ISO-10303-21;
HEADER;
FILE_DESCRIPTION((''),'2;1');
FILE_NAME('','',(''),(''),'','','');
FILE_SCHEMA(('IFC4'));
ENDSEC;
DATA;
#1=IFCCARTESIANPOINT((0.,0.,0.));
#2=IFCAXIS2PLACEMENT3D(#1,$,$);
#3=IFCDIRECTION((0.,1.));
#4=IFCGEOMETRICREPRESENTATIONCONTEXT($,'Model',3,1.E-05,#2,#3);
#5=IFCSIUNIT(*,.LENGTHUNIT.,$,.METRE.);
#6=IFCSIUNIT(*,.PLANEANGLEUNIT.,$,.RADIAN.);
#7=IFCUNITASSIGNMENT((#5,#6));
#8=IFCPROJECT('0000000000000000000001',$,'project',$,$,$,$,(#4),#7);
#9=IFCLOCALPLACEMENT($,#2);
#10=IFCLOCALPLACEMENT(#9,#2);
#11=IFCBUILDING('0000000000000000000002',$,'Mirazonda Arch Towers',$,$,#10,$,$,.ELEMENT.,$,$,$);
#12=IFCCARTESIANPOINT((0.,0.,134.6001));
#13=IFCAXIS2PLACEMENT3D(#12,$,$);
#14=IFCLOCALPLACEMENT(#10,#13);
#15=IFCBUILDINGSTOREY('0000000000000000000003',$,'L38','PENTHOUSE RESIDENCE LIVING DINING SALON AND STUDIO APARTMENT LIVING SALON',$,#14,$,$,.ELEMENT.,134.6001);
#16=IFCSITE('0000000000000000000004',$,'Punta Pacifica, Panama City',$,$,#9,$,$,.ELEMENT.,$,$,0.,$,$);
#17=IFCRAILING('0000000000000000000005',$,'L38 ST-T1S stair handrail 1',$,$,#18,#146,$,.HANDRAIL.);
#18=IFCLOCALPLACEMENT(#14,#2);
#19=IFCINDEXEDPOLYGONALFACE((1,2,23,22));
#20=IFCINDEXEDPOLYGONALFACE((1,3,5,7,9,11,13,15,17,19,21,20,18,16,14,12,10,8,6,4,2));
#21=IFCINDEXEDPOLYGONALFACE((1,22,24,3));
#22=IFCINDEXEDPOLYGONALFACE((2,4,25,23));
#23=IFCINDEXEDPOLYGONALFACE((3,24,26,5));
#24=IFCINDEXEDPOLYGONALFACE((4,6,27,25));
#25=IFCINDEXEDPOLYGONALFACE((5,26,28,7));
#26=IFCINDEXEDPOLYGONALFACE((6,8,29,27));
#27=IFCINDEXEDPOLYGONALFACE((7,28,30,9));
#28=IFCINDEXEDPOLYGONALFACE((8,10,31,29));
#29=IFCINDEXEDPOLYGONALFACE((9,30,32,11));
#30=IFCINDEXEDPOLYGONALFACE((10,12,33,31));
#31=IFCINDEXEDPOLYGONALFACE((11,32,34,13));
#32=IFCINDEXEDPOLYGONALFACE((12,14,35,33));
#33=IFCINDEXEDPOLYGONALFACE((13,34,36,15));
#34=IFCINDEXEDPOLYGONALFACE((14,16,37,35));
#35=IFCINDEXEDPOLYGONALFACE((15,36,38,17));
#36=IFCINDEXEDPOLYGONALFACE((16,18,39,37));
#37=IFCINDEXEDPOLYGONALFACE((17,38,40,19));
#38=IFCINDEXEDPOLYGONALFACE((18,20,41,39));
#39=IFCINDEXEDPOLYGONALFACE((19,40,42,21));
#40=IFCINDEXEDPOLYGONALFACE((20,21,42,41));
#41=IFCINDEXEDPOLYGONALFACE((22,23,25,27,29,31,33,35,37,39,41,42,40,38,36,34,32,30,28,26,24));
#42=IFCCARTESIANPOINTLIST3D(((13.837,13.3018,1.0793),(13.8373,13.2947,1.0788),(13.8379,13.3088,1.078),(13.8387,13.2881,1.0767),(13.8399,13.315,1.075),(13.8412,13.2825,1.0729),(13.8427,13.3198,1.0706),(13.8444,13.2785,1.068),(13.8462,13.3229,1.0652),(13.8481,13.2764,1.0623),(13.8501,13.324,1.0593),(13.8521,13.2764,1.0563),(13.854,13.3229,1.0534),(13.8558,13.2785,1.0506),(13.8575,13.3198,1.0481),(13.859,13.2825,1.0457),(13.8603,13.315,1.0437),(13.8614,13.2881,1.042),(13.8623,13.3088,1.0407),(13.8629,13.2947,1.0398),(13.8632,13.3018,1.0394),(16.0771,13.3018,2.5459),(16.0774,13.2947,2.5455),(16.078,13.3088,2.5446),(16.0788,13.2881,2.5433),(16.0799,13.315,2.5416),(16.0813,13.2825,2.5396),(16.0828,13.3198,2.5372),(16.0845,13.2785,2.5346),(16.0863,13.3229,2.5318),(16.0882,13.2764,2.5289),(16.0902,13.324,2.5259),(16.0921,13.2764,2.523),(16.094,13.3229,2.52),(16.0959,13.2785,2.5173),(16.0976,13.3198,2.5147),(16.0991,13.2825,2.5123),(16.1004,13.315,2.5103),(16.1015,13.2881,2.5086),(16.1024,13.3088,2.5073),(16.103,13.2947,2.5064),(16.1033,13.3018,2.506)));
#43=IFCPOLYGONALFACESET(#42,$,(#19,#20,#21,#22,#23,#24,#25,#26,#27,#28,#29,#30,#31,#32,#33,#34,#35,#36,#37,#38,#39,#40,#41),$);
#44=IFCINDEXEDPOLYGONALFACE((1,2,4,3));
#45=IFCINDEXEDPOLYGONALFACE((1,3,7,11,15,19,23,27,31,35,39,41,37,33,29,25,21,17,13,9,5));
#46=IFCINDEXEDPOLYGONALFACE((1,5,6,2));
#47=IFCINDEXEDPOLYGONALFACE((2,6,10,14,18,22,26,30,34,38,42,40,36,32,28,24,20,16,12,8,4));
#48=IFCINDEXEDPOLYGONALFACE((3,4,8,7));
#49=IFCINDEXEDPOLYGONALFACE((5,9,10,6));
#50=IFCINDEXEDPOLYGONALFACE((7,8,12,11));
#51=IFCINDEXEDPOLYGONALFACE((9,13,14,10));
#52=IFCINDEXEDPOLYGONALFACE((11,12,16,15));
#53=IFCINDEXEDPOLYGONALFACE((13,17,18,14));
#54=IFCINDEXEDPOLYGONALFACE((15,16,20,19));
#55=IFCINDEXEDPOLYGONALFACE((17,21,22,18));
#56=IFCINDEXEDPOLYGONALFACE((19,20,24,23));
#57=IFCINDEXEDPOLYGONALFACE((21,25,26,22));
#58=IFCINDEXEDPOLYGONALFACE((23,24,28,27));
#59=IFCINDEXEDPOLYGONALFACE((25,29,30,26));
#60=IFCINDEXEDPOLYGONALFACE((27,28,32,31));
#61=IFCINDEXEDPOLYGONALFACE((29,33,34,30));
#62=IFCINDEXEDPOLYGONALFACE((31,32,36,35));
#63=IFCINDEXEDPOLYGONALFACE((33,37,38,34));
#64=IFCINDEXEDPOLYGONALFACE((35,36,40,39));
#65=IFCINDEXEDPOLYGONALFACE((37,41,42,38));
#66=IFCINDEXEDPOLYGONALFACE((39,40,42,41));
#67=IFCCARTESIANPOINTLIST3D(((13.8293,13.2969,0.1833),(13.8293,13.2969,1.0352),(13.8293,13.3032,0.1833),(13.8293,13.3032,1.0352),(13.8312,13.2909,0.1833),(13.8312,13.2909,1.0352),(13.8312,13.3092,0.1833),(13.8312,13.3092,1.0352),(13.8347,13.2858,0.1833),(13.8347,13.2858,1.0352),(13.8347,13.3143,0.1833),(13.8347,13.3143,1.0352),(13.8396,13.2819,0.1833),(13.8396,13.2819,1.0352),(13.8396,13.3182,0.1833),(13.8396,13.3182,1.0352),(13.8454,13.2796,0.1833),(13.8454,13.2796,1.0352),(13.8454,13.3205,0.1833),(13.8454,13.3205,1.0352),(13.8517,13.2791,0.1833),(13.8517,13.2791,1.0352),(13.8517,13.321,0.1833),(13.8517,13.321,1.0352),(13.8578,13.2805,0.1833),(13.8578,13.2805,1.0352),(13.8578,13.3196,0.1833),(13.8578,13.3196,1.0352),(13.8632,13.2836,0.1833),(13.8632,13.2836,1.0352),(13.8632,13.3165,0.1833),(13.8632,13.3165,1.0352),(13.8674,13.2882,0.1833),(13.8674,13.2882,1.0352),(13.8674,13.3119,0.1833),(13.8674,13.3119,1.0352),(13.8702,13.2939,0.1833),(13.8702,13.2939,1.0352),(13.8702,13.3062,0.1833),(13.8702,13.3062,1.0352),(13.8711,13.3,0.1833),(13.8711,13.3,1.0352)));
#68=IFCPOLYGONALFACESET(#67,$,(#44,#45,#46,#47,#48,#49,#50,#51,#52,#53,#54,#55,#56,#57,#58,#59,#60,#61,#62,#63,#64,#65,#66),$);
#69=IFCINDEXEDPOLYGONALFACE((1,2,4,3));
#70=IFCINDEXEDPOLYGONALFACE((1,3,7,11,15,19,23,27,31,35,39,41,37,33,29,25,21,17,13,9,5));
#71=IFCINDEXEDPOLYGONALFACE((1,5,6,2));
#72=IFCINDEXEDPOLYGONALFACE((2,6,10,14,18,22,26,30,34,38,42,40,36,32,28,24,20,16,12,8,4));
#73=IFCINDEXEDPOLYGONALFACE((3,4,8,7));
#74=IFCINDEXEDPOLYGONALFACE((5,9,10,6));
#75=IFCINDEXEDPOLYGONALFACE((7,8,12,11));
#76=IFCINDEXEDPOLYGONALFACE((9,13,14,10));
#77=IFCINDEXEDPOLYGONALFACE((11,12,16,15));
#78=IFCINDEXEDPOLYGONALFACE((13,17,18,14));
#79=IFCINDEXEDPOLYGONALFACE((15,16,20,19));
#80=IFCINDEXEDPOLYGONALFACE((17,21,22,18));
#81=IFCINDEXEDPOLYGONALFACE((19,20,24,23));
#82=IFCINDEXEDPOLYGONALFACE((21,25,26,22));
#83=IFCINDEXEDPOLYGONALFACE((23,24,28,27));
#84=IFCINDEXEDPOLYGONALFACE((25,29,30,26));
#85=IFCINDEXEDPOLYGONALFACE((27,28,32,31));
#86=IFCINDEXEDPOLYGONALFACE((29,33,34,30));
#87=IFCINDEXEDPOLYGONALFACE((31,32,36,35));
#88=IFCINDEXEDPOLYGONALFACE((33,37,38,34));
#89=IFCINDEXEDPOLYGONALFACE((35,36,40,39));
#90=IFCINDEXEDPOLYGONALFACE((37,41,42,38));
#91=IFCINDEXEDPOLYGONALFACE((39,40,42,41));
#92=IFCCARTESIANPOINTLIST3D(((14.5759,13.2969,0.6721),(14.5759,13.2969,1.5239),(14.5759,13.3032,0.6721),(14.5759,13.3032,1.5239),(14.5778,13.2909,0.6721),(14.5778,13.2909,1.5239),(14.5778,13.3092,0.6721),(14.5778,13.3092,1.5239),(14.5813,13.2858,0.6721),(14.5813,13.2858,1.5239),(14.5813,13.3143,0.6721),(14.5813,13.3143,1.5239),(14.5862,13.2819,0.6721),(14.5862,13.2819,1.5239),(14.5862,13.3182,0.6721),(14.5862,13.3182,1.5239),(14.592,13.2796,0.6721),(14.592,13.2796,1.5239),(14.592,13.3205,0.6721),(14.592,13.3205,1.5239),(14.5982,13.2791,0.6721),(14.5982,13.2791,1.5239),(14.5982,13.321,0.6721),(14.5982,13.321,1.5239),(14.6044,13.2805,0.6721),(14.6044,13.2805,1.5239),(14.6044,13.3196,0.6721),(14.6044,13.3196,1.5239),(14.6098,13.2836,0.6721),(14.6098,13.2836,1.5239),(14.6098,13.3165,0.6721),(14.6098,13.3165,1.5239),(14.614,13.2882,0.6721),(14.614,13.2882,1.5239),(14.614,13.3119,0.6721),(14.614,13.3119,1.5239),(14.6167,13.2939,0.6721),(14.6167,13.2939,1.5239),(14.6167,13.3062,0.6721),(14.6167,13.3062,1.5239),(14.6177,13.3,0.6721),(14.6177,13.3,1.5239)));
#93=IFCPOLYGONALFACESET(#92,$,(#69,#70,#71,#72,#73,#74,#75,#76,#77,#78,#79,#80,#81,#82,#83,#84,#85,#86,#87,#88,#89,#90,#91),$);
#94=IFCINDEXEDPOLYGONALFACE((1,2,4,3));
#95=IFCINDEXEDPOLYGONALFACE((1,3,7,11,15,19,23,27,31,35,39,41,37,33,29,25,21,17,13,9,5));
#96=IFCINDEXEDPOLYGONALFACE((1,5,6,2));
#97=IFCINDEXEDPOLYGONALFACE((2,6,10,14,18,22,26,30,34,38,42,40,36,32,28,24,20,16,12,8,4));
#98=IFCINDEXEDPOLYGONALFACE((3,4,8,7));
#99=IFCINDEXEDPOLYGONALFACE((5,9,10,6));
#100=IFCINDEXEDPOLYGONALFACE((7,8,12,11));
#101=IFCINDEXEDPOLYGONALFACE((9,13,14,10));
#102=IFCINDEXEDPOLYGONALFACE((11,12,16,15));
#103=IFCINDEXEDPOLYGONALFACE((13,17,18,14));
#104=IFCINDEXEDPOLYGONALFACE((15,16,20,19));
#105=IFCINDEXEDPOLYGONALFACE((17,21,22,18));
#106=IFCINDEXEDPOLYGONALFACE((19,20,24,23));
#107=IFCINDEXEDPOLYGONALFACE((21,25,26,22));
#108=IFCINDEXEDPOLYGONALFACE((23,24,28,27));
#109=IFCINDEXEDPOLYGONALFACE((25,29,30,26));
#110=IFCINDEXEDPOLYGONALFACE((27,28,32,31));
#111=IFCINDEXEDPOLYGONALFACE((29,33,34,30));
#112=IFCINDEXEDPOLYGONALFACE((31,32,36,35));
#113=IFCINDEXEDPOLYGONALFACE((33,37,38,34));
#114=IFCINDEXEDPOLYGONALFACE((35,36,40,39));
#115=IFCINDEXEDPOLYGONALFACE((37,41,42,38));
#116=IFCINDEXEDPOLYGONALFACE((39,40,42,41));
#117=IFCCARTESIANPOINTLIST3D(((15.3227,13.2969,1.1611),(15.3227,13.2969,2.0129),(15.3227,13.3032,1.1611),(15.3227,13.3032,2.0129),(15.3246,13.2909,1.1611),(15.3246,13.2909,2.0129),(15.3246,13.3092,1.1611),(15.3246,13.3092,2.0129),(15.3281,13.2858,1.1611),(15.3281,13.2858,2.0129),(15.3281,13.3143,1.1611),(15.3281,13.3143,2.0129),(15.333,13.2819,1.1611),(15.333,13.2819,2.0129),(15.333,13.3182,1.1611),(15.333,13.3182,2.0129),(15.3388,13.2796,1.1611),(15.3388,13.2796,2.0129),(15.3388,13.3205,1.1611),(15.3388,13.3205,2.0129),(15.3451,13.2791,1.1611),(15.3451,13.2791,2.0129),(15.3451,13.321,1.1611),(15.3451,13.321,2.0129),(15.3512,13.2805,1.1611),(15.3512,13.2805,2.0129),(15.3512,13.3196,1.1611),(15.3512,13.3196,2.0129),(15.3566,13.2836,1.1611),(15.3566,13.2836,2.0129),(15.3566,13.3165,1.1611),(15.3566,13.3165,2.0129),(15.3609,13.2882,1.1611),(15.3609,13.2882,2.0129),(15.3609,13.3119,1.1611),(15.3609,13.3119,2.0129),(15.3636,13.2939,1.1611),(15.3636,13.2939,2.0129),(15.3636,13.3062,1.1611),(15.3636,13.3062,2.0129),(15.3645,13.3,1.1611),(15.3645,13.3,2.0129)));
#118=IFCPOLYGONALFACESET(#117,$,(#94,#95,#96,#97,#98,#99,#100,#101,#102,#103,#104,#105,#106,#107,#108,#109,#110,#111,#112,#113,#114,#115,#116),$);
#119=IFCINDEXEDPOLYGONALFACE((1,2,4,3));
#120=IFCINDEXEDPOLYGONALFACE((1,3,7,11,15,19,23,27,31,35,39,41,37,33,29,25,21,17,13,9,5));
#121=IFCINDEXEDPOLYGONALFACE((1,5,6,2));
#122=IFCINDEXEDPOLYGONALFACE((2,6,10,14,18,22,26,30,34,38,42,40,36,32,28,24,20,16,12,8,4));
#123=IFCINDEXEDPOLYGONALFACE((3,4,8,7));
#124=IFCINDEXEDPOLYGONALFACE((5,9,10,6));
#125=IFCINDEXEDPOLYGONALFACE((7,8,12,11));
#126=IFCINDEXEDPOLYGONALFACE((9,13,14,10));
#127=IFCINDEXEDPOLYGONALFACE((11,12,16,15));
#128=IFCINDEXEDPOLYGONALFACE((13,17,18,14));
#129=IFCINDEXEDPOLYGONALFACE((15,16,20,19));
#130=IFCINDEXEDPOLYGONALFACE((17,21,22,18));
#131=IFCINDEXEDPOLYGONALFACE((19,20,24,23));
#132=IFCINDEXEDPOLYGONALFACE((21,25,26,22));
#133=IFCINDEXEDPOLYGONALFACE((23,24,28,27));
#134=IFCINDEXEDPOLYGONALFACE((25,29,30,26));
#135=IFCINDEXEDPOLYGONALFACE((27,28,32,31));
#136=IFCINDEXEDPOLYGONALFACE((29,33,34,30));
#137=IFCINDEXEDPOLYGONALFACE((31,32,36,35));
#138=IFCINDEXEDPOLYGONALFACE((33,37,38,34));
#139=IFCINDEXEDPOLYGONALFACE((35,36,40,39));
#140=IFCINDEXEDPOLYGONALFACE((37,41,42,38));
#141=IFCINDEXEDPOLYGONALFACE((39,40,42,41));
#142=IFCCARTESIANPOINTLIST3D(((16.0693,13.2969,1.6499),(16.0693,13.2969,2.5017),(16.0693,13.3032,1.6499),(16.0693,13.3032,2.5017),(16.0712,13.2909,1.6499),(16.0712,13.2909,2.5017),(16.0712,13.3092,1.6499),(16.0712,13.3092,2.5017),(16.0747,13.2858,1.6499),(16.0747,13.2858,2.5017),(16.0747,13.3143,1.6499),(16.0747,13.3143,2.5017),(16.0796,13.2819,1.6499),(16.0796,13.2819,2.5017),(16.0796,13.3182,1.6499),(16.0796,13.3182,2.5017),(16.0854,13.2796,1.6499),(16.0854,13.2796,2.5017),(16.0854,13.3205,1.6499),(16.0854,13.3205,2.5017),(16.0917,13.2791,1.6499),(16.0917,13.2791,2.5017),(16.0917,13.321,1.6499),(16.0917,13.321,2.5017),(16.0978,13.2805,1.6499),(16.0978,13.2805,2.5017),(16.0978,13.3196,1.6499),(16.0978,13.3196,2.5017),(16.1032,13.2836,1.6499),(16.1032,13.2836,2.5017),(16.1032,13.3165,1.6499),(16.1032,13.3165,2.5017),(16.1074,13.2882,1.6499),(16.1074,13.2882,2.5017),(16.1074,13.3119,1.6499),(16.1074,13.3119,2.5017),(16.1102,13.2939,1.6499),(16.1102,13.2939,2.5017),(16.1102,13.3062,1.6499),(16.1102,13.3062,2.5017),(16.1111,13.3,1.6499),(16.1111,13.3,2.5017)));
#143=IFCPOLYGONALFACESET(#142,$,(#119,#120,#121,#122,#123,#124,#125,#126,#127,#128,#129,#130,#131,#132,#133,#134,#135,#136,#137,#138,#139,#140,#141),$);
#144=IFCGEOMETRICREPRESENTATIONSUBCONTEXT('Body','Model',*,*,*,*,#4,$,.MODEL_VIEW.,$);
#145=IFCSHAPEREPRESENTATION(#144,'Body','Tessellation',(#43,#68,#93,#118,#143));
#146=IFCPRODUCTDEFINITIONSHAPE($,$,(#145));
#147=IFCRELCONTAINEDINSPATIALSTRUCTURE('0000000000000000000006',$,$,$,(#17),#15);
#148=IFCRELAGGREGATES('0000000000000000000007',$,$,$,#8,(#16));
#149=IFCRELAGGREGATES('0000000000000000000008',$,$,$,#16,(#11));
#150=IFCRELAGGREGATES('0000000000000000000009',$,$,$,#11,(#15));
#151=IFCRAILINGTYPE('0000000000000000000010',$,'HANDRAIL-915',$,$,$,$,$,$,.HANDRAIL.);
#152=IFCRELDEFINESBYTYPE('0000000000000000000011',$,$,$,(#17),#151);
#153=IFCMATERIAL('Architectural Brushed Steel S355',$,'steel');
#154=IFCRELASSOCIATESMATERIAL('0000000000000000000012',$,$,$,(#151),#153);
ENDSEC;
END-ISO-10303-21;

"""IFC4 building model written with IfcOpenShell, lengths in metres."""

from ifc_helpers import new_model, si_unit, direction, frame, origin, origin_2d, place, context, subcontext, project, spatial, circle, extrude, material, type_object, element, save


model = new_model("IFC4")

# Units and contexts
model_context = context("Model", 3, precision=1e-05, world=origin(), true_north=direction((0.0, 1.0)))
body_context = subcontext(model_context, "Body", "Model", "MODEL_VIEW")
ifc_project = project(units=[si_unit("LENGTHUNIT", "METRE"), si_unit("PLANEANGLEUNIT", "RADIAN")], contexts=[model_context])

# Site, building, storey
site_placement = place(None, origin())
site = spatial("IfcSite", under=ifc_project, at=site_placement, Name="Punta Pacifica, Panama City", CompositionType="ELEMENT", RefElevation=0.0)
building_placement = place(site_placement, origin())
building = spatial("IfcBuilding", under=site, at=building_placement, Name="Mirazonda Arch Towers", CompositionType="ELEMENT")
storey_placement = place(building_placement, frame((0.0, 0.0, 134.6001)))
storey = spatial("IfcBuildingStorey", under=building, at=storey_placement, Name="L38", Description="PENTHOUSE RESIDENCE LIVING DINING SALON AND STUDIO APARTMENT LIVING SALON", CompositionType="ELEMENT", Elevation=134.6001)

# Shared definitions
ifc_material_1 = material(Name="Architectural Brushed Steel S355", Category="steel")

# Railing
railing_type_1 = type_object("IfcRailingType", Name="HANDRAIL-915", PredefinedType="HANDRAIL", material=ifc_material_1)
railing_1_placement = place(storey_placement, frame((13.8501, 13.3, 0.1833)))
element("IfcRailing", 1, at=railing_1_placement, inside=storey, type_object=railing_type_1, Name="L38 ST-T1S stair handrail 1", PredefinedType="HANDRAIL", context=body_context, shape_type="SweptSolid", body=[
    extrude(circle(Radius=0.0239, at=origin_2d()), frame((0.0, 0.0, 0.876), z_axis=(0.836637, 0.0, 0.547758), x_axis=(0.0, 1.0, 0.0)), (0.0, 0.0, 1.0), 2.6775),
    extrude(circle(Radius=0.021, at=origin_2d()), origin(), (0.0, 0.0, 1.0), 0.8518),
    extrude(circle(Radius=0.021, at=origin_2d()), frame((0.7466, 0.0, 0.4888)), (0.0, 0.0, 1.0), 0.8518),
    extrude(circle(Radius=0.021, at=origin_2d()), frame((1.4934, 0.0, 0.9778)), (0.0, 0.0, 1.0), 0.8518),
    extrude(circle(Radius=0.021, at=origin_2d()), frame((2.24, 0.0, 1.4666)), (0.0, 0.0, 1.0), 0.8518),
])

save(model, "model.ifc")
